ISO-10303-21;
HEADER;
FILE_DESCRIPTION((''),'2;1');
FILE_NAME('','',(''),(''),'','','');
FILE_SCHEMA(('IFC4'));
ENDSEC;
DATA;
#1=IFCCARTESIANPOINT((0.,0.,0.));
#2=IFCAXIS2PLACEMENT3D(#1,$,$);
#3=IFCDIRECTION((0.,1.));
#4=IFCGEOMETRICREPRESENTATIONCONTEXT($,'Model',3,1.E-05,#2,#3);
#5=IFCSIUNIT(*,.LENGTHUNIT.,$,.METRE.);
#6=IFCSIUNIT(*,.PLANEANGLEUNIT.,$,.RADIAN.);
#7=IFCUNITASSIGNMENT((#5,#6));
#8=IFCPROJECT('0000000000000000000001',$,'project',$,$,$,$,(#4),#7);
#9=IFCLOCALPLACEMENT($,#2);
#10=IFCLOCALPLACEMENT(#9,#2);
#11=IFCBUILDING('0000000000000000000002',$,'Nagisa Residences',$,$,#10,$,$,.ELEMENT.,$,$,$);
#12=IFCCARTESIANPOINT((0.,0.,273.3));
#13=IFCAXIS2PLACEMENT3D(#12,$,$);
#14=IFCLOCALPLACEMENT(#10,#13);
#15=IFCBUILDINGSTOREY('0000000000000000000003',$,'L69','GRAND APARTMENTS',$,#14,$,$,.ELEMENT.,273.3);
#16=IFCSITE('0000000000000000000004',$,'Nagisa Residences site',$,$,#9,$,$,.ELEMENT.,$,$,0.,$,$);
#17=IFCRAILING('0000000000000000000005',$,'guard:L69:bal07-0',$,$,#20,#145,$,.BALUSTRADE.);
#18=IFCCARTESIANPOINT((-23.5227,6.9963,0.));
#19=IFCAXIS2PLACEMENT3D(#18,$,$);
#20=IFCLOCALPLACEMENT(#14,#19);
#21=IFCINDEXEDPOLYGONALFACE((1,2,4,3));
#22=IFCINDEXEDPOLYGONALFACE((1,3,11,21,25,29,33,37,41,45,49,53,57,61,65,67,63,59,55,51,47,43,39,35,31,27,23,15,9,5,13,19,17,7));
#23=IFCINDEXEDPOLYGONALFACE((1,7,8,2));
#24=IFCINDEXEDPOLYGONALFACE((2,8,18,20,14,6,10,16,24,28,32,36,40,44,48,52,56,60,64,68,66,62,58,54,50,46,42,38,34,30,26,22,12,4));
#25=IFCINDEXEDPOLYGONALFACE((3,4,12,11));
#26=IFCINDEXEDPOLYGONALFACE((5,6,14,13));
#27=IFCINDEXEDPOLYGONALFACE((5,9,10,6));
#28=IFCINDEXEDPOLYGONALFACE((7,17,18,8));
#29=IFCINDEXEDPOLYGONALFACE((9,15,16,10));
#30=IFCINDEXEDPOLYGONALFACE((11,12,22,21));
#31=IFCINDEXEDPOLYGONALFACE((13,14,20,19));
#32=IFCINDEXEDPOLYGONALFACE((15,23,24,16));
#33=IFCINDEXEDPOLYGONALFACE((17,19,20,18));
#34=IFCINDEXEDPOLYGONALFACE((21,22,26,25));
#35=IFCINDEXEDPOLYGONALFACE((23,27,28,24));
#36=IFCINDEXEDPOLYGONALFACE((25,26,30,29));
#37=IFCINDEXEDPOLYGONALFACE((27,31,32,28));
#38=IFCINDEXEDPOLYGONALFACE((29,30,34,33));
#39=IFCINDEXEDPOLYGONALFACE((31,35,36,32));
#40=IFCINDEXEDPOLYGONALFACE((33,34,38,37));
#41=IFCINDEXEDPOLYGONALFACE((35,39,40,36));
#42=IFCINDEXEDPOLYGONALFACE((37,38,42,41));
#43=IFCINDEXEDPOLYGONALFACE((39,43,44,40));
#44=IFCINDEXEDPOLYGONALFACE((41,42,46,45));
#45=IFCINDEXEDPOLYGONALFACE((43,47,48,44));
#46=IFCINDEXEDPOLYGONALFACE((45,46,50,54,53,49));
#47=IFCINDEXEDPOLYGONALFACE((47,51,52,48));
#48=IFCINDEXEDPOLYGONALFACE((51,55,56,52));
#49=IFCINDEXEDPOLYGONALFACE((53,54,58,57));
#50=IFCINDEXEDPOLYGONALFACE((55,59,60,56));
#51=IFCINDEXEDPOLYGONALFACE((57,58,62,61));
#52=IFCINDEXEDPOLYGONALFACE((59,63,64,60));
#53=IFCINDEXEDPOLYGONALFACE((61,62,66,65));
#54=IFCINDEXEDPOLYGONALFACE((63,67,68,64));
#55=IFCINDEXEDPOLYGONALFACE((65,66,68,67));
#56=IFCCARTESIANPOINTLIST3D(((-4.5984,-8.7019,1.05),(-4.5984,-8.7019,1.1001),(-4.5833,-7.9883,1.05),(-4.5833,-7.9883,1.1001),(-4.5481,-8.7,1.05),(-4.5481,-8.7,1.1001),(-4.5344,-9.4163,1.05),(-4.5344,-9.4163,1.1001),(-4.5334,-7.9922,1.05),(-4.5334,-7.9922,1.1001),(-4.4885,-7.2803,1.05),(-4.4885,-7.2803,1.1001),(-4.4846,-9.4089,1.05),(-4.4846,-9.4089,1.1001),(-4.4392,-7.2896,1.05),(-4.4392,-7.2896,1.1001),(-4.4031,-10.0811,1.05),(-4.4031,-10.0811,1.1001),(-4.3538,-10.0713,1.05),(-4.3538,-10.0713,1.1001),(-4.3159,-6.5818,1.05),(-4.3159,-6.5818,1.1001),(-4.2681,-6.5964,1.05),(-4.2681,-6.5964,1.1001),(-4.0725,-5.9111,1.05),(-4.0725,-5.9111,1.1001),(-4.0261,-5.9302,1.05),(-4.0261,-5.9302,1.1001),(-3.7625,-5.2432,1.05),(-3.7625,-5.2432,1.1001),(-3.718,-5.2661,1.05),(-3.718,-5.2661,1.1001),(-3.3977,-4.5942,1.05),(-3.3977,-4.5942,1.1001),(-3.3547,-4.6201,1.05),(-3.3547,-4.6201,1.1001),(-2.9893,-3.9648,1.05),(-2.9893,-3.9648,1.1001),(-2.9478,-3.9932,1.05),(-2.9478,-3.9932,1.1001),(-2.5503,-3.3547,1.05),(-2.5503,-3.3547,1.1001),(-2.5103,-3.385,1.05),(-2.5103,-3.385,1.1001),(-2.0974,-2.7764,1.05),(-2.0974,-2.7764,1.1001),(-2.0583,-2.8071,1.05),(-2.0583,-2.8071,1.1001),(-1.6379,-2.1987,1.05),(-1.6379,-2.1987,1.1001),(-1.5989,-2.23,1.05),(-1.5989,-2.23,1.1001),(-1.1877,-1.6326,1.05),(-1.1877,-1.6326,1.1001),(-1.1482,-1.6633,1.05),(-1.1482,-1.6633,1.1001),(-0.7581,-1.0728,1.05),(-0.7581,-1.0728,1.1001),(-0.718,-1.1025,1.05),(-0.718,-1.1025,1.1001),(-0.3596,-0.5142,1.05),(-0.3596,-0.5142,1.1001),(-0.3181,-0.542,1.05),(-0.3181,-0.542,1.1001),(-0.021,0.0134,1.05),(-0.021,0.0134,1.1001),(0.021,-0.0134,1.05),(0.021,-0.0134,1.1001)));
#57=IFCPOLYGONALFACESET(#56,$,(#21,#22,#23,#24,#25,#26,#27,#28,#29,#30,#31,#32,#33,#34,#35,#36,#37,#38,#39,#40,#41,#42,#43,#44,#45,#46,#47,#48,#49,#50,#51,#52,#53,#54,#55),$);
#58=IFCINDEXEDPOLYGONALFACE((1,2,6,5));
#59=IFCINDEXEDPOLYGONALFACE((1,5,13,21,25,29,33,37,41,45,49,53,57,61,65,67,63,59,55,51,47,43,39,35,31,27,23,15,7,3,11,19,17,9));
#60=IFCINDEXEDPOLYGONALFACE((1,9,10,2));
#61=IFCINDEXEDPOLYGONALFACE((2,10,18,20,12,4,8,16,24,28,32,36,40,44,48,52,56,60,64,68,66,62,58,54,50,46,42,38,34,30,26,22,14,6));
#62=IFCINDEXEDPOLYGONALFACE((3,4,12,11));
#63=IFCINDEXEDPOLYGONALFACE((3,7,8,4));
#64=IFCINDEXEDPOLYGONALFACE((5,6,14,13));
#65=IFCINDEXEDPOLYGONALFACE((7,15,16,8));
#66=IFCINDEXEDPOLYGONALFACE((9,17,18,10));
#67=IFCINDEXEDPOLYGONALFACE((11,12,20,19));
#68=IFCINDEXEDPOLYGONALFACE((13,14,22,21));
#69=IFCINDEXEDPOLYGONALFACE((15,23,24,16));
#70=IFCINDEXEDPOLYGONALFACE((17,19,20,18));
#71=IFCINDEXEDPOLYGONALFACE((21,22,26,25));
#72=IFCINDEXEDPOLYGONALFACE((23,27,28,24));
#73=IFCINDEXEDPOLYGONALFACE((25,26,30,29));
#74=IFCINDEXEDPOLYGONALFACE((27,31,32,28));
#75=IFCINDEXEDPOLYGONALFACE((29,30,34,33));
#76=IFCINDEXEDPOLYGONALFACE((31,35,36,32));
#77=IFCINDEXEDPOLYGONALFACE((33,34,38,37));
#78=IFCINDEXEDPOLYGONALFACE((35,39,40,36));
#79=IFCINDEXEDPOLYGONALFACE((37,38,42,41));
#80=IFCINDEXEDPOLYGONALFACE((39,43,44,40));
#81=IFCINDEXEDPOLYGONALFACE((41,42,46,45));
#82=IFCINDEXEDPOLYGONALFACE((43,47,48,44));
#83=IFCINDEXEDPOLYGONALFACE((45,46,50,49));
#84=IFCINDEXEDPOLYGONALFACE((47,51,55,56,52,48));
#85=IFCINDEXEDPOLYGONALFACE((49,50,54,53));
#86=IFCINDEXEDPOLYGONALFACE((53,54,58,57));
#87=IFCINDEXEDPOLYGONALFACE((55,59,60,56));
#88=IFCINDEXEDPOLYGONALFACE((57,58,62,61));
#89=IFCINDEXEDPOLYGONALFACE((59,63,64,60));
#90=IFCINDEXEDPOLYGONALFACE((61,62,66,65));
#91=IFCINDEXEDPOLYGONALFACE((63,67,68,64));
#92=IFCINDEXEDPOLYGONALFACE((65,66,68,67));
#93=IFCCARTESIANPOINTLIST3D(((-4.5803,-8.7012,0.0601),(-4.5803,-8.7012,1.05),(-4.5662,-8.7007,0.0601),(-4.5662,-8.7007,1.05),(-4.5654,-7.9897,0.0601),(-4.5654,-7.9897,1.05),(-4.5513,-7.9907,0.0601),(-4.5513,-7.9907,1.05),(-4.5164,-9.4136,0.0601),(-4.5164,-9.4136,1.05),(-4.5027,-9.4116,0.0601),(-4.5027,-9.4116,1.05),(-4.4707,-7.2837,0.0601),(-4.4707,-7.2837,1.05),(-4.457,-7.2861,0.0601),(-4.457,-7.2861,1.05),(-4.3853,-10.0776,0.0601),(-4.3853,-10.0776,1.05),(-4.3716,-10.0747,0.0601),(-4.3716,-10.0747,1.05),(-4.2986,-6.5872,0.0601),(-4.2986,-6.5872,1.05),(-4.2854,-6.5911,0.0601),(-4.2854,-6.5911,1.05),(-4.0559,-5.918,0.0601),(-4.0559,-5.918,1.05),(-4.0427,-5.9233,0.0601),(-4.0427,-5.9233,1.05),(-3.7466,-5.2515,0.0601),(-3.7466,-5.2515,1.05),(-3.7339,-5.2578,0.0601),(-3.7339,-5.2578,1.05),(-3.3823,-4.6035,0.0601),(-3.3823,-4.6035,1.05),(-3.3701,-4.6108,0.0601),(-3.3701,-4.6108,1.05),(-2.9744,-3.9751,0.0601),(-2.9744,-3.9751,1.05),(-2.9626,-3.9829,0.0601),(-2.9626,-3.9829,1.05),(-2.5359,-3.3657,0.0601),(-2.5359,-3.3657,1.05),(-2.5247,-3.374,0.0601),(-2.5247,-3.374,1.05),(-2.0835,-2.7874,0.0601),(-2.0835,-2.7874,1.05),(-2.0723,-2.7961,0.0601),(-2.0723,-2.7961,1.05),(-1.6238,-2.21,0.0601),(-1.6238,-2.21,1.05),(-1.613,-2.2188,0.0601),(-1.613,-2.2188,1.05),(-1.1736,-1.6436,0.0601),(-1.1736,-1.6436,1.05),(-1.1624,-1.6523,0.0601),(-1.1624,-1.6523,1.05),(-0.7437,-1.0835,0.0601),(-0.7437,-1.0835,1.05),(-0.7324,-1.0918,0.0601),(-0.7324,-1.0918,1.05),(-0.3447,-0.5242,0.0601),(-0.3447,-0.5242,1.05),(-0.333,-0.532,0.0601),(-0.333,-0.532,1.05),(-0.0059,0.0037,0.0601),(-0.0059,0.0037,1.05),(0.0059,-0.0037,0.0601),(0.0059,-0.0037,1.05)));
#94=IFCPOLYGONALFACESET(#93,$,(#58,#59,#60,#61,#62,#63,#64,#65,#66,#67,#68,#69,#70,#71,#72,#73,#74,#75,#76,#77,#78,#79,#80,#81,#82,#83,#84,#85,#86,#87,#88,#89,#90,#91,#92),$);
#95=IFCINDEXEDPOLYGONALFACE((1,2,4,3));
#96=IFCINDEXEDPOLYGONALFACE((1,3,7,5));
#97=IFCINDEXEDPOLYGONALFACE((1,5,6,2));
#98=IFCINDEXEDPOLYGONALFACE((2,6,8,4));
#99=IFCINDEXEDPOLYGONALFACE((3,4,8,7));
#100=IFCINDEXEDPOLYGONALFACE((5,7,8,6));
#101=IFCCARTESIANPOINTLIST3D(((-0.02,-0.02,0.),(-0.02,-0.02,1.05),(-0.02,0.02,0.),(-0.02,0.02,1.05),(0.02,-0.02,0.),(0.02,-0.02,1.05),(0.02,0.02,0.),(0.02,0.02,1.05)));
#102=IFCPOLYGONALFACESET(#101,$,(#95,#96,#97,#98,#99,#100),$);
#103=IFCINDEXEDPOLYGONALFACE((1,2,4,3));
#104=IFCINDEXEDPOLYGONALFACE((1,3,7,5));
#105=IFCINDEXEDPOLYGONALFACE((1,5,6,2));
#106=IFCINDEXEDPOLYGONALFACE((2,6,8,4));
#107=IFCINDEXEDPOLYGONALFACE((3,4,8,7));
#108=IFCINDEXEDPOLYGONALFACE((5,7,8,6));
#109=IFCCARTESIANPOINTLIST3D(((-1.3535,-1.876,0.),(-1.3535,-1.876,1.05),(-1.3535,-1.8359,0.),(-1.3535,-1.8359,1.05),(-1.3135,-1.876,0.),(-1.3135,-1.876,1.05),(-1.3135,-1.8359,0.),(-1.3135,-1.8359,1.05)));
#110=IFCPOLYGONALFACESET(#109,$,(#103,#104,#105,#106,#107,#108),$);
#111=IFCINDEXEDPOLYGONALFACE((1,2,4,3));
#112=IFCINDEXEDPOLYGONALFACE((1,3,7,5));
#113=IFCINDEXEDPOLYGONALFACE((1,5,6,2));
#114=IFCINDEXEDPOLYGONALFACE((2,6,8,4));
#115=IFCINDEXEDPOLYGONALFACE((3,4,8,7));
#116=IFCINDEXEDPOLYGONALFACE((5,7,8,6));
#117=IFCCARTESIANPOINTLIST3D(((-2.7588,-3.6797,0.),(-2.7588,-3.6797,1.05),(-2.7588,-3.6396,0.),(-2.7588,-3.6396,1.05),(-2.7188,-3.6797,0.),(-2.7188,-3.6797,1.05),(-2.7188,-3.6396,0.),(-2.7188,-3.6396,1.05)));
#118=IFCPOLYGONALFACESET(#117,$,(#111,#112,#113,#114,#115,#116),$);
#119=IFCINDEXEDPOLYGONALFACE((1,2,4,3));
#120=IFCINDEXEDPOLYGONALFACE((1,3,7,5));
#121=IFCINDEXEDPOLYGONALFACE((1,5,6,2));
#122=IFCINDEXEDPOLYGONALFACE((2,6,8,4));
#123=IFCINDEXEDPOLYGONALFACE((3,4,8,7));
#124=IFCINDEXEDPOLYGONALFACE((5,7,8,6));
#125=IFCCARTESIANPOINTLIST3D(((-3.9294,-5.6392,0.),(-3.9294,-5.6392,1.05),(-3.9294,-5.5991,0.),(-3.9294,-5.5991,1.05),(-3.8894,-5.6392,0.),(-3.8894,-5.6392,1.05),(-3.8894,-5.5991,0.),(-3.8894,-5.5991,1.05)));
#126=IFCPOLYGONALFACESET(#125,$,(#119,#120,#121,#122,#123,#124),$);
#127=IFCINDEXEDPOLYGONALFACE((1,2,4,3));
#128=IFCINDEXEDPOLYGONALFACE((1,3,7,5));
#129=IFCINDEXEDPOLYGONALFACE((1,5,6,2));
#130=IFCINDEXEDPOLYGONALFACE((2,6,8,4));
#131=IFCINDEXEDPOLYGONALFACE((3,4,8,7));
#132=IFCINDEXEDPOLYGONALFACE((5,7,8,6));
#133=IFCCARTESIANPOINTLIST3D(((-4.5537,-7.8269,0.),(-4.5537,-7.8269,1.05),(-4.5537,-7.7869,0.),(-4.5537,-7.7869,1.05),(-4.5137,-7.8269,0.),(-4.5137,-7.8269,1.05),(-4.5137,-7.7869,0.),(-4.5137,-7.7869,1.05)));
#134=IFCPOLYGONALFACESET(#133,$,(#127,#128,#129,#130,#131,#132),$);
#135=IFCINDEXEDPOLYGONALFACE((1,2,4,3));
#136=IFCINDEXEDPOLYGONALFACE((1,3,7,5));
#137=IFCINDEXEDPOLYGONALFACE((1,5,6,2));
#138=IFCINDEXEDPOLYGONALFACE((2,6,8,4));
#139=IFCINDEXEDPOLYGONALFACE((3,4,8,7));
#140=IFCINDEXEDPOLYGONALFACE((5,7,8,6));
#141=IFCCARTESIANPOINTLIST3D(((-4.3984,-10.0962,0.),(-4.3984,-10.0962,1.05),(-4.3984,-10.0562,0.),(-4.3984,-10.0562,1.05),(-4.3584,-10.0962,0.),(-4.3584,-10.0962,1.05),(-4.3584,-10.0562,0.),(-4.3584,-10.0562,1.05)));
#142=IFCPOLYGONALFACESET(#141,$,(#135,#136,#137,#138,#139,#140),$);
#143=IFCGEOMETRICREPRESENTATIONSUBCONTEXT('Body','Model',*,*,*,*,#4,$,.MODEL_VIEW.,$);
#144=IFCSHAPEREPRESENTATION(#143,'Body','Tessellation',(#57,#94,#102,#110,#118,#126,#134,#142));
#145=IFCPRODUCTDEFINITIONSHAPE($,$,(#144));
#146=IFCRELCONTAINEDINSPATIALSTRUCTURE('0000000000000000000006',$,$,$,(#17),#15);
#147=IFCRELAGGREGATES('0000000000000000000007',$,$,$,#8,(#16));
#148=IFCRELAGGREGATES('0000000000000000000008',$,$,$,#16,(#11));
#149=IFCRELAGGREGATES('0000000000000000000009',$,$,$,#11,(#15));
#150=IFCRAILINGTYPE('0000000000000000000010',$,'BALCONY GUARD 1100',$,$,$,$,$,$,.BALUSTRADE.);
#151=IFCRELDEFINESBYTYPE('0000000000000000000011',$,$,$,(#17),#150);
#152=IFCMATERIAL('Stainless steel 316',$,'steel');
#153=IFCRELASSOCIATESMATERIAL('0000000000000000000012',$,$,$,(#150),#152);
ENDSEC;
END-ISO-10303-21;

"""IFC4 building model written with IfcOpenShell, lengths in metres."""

from ifc_helpers import new_model, si_unit, direction, frame, origin, origin_2d, place, context, subcontext, project, spatial, polyline, rectangle, outline, extrude, material, type_object, element, save


model = new_model("IFC4")

# Units and contexts
model_context = context("Model", 3, precision=1e-05, world=origin(), true_north=direction((0.0, 1.0)))
body_context = subcontext(model_context, "Body", "Model", "MODEL_VIEW")
ifc_project = project(units=[si_unit("LENGTHUNIT", "METRE"), si_unit("PLANEANGLEUNIT", "RADIAN")], contexts=[model_context])

# Site, building, storey
site_placement = place(None, origin())
site = spatial("IfcSite", under=ifc_project, at=site_placement, Name="Nagisa Residences site", CompositionType="ELEMENT", RefElevation=0.0)
building_placement = place(site_placement, origin())
building = spatial("IfcBuilding", under=site, at=building_placement, Name="Nagisa Residences", CompositionType="ELEMENT")
storey_placement = place(building_placement, frame((0.0, 0.0, 273.3)))
storey = spatial("IfcBuildingStorey", under=building, at=storey_placement, Name="L69", Description="GRAND APARTMENTS", CompositionType="ELEMENT", Elevation=273.3)

# Railing
ifc_material_1 = material(Name="Stainless steel 316", Category="steel")
railing_type = type_object("IfcRailingType", Name="BALCONY GUARD 1100", PredefinedType="BALUSTRADE", material=ifc_material_1)
railing_placement = place(storey_placement, frame((-23.5227, 6.9963, 0.0)))
element("IfcRailing", 1, at=railing_placement, inside=storey, type_object=railing_type, Name="guard:L69:bal07-0", PredefinedType="BALUSTRADE", context=body_context, shape_type="SweptSolid", body=[
    extrude(outline(polyline([(-0.3181, -0.542), (0.021, -0.0134), (-0.021, 0.0134), (-0.3596, -0.5142), (-0.7581, -1.0728), (-1.1877, -1.6326), (-1.6379, -2.1987), (-2.0974, -2.7764), (-2.5503, -3.3547), (-2.9893, -3.9648), (-3.3977, -4.5942), (-3.7625, -5.2432), (-4.0725, -5.9111), (-4.3159, -6.5818), (-4.4885, -7.2803), (-4.5833, -7.9883), (-4.5984, -8.7019), (-4.5344, -9.4163), (-4.4031, -10.0811), (-4.3538, -10.0713), (-4.4846, -9.4089), (-4.5481, -8.7), (-4.5334, -7.9922), (-4.4392, -7.2896), (-4.2681, -6.5964), (-4.0261, -5.9302), (-3.718, -5.2661), (-3.3547, -4.6201), (-2.9478, -3.9932), (-2.5103, -3.385), (-2.0583, -2.8071), (-1.5989, -2.23), (-1.1482, -1.6633), (-0.718, -1.1025), (-0.3181, -0.542)])), frame((0.0, 0.0, 1.05)), (0.0, 0.0, 1.0), 0.05),
    extrude(outline(polyline([(-0.333, -0.532), (0.0059, -0.0037), (-0.0059, 0.0037), (-0.3447, -0.5242), (-0.7437, -1.0835), (-1.1736, -1.6436), (-1.6238, -2.21), (-2.0835, -2.7874), (-2.5359, -3.3657), (-2.9744, -3.9751), (-3.3823, -4.6035), (-3.7466, -5.2515), (-4.0559, -5.918), (-4.2986, -6.5872), (-4.4707, -7.2837), (-4.5654, -7.9897), (-4.5803, -8.7012), (-4.5164, -9.4136), (-4.3853, -10.0776), (-4.3716, -10.0747), (-4.5027, -9.4116), (-4.5662, -8.7007), (-4.5513, -7.9907), (-4.457, -7.2861), (-4.2854, -6.5911), (-4.0427, -5.9233), (-3.7339, -5.2578), (-3.3701, -4.6108), (-2.9626, -3.9829), (-2.5247, -3.374), (-2.0723, -2.7961), (-1.613, -2.2188), (-1.1624, -1.6523), (-0.7324, -1.0918), (-0.333, -0.532)])), frame((0.0, 0.0, 0.0601)), (0.0, 0.0, 1.0), 0.99),
    extrude(rectangle(XDim=0.04, YDim=0.04, at=origin_2d()), origin(), (0.0, 0.0, 1.0), 1.05),
    extrude(rectangle(XDim=0.04, YDim=0.04, at=origin_2d()), frame((-1.3335, -1.856, 0.0)), (0.0, 0.0, 1.0), 1.05),
    extrude(rectangle(XDim=0.04, YDim=0.04, at=origin_2d()), frame((-2.7388, -3.6597, 0.0)), (0.0, 0.0, 1.0), 1.05),
    extrude(rectangle(XDim=0.04, YDim=0.04, at=origin_2d()), frame((-3.9094, -5.6191, 0.0)), (0.0, 0.0, 1.0), 1.05),
    extrude(rectangle(XDim=0.04, YDim=0.04, at=origin_2d()), frame((-4.5337, -7.8069, 0.0)), (0.0, 0.0, 1.0), 1.05),
    extrude(rectangle(XDim=0.04, YDim=0.04, at=origin_2d()), frame((-4.3784, -10.0762, 0.0)), (0.0, 0.0, 1.0), 1.05),
])

save(model, "model.ifc")
